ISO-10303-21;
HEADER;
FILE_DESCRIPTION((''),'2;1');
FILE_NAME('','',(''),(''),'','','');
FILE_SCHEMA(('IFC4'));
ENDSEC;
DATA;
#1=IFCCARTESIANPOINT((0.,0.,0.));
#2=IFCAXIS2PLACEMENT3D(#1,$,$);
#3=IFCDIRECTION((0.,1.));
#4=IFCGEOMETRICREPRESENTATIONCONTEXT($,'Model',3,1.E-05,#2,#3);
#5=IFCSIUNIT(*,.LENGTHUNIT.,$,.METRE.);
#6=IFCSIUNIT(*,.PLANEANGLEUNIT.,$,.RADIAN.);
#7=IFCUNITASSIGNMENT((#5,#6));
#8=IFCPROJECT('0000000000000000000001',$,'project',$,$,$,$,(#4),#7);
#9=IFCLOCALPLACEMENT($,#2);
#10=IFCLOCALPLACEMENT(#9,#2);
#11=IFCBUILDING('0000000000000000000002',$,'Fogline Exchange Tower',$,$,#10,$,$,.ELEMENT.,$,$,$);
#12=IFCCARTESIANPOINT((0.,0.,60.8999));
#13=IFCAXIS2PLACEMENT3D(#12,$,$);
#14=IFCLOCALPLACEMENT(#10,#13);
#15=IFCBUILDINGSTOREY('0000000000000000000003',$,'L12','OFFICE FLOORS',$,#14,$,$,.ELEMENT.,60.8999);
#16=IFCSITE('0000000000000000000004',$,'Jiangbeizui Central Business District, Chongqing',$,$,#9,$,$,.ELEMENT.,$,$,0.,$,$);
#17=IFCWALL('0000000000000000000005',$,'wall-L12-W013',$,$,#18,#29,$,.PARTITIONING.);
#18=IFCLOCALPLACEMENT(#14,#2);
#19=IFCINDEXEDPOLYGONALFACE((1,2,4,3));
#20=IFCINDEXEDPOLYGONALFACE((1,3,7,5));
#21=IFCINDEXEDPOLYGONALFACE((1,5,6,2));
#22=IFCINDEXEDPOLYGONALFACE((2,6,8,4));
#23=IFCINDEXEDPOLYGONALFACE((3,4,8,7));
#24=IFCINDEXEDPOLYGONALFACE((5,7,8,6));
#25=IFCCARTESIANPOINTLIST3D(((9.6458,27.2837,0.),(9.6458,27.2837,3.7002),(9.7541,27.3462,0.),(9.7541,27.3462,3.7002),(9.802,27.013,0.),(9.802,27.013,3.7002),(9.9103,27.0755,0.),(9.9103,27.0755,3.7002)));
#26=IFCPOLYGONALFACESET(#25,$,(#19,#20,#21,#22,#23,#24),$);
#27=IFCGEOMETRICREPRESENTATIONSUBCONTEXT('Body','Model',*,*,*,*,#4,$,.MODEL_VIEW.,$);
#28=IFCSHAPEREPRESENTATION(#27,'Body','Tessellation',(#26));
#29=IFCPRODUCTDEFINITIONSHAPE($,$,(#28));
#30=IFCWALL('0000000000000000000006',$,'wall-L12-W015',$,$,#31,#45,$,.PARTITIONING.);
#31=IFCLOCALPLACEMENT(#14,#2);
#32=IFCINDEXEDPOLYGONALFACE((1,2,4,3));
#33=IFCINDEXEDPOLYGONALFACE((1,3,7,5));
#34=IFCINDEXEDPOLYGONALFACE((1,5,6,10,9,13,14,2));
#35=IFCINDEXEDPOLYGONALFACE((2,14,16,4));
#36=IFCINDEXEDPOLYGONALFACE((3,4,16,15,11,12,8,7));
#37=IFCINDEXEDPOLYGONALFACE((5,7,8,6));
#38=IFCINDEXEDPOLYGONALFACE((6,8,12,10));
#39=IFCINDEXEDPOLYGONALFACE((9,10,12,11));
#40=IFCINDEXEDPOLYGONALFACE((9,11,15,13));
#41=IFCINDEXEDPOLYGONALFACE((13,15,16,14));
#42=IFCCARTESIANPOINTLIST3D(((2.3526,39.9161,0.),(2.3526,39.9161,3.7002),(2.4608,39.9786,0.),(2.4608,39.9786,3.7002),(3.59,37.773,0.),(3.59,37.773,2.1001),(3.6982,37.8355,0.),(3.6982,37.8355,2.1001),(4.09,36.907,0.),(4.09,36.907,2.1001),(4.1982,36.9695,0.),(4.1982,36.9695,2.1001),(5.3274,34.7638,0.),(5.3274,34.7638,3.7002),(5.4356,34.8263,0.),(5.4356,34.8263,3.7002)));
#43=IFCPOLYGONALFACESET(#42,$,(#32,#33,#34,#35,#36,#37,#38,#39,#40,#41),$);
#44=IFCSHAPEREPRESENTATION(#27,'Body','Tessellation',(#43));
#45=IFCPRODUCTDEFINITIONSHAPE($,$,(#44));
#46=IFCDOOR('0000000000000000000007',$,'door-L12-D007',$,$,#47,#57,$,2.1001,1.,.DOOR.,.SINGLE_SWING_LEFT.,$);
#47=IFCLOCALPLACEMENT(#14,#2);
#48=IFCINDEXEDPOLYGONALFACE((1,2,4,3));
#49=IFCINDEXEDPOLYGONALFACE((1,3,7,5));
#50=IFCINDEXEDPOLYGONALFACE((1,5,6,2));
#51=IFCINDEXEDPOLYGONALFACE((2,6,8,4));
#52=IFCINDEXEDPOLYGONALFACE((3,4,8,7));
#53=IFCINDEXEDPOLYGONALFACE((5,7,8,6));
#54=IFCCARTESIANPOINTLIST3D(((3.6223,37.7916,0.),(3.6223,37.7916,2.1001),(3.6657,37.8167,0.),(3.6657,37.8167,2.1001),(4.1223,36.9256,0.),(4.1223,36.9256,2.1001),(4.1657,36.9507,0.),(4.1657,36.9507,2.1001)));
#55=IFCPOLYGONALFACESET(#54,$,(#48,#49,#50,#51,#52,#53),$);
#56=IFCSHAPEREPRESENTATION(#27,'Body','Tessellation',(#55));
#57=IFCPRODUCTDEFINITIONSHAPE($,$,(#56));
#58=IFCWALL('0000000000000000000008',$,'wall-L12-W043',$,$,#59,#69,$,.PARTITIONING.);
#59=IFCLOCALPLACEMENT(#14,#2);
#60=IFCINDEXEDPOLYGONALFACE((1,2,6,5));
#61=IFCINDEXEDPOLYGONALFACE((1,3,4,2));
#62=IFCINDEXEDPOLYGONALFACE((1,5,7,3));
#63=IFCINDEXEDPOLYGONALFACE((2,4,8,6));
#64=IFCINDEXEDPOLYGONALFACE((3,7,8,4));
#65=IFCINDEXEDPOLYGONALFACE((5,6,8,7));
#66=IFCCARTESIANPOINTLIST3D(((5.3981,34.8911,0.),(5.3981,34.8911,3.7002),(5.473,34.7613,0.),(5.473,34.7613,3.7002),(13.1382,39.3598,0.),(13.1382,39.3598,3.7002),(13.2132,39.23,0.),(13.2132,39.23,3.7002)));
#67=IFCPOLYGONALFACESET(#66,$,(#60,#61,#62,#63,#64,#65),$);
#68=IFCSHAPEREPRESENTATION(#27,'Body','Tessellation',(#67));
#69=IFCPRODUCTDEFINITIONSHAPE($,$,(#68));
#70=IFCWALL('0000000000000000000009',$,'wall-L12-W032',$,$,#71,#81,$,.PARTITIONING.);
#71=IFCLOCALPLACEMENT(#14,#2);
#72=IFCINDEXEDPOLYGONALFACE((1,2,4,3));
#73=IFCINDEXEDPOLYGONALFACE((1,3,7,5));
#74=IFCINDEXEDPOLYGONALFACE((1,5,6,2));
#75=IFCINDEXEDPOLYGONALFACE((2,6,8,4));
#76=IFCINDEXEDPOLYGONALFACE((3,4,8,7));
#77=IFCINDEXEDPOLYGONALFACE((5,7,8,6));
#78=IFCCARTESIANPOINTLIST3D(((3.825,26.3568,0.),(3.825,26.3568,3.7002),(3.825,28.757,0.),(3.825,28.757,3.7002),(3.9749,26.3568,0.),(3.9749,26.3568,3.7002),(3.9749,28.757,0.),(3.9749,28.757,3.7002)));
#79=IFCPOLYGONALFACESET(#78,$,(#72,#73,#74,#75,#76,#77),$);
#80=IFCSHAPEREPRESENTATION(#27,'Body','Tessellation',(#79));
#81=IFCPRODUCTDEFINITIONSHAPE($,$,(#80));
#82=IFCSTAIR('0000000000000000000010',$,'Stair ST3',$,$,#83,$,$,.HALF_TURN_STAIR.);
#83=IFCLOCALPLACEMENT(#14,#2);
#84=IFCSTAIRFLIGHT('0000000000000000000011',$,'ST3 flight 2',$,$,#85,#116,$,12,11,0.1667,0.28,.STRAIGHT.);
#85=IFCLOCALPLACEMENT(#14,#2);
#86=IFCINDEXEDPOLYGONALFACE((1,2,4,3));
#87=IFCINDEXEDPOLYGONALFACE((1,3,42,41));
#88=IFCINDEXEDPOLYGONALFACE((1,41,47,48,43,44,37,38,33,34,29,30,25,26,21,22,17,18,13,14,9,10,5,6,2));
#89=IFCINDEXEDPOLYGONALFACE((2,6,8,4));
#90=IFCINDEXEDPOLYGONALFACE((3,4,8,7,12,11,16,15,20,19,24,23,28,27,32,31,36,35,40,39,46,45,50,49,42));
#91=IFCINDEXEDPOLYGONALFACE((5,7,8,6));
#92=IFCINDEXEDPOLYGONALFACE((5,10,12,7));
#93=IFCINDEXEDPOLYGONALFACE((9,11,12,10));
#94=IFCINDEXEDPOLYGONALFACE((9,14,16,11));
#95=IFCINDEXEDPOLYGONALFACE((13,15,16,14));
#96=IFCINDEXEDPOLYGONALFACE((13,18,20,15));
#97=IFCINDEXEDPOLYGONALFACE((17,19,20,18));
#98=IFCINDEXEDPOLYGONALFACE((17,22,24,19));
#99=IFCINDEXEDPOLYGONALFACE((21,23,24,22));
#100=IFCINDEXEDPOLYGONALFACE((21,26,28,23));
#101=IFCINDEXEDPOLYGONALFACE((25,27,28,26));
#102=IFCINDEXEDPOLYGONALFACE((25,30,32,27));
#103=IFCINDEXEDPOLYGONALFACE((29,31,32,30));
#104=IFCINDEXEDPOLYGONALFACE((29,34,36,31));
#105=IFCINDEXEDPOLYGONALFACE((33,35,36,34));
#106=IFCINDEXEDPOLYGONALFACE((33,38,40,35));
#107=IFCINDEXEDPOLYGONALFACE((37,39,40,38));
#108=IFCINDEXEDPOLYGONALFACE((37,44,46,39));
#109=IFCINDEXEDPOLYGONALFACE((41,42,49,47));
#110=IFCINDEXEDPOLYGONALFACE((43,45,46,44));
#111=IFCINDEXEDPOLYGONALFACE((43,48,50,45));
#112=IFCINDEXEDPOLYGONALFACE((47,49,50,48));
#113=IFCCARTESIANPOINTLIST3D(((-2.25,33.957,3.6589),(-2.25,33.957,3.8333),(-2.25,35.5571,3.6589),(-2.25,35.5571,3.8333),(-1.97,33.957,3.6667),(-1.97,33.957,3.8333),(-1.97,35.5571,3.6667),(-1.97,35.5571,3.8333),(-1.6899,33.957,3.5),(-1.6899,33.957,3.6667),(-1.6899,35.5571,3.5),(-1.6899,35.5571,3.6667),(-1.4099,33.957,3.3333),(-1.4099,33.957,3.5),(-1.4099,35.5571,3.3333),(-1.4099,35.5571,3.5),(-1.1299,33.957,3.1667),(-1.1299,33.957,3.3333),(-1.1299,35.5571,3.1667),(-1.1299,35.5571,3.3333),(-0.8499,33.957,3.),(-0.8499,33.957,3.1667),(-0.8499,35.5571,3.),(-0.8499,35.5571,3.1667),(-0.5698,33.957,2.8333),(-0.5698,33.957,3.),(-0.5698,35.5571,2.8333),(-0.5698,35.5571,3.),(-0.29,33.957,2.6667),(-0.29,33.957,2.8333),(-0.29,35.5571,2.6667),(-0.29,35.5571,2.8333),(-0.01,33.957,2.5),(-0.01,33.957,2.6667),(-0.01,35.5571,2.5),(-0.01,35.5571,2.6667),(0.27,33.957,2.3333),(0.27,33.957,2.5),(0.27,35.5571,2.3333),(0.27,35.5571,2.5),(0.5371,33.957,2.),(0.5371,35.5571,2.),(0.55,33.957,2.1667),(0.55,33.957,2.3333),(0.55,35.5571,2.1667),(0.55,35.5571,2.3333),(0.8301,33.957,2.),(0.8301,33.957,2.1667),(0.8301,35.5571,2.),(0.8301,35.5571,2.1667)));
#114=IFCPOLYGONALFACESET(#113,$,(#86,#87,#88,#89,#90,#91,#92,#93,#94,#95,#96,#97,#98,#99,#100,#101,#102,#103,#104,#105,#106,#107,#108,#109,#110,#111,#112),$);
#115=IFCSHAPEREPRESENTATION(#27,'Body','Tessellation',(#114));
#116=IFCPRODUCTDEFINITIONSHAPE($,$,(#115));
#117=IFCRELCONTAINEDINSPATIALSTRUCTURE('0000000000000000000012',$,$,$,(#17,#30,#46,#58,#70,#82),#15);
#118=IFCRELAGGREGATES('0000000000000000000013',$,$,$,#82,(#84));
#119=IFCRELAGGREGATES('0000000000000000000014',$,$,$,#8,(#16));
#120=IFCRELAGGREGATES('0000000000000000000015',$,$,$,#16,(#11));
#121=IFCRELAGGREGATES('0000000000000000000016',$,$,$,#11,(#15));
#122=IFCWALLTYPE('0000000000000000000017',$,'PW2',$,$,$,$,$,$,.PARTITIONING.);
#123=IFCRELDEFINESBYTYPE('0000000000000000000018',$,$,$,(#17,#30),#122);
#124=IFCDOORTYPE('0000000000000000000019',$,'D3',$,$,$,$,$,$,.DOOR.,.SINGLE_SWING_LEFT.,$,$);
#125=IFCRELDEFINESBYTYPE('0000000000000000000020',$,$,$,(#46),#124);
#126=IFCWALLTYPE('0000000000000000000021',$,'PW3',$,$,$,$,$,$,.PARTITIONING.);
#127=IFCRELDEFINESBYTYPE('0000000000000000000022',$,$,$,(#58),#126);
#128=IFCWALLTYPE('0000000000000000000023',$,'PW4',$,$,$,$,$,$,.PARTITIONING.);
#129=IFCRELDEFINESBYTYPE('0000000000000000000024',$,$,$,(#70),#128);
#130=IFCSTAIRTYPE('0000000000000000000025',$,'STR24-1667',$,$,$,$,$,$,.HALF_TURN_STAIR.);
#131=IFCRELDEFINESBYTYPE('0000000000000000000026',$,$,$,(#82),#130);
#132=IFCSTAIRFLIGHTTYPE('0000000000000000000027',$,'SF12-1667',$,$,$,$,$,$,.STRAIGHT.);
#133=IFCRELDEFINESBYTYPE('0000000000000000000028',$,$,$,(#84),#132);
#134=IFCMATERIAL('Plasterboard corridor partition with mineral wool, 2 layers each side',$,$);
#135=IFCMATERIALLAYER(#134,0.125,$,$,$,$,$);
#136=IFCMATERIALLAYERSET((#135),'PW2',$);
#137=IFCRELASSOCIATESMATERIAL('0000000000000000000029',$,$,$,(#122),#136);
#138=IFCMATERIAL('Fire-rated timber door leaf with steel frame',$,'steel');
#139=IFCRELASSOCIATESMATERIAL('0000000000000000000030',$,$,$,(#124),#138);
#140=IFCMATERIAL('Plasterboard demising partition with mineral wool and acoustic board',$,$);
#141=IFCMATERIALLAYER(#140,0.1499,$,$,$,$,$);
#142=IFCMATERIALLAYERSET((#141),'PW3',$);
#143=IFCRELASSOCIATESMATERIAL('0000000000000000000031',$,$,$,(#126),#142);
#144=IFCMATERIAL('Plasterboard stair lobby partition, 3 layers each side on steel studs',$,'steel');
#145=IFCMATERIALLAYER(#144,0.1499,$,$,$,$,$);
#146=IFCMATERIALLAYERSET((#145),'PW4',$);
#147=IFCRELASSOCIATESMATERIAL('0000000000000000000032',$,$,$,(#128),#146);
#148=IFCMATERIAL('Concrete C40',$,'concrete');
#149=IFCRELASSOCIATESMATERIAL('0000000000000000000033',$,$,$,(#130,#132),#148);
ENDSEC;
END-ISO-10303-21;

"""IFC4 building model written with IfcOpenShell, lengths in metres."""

from ifc_helpers import new_model, si_unit, direction, frame, frame_2d, origin, place, context, subcontext, project, spatial, polyline, rectangle, outline, extrude, material, layer, layer_set, type_object, element, fill, aggregate, save


model = new_model("IFC4")

# Units and contexts
model_context = context("Model", 3, precision=1e-05, world=origin(), true_north=direction((0.0, 1.0)))
body_context = subcontext(model_context, "Body", "Model", "MODEL_VIEW")
ifc_project = project(units=[si_unit("LENGTHUNIT", "METRE"), si_unit("PLANEANGLEUNIT", "RADIAN")], contexts=[model_context])

# Site, building, storey
site_placement = place(None, origin())
site = spatial("IfcSite", under=ifc_project, at=site_placement, Name="Jiangbeizui Central Business District, Chongqing", CompositionType="ELEMENT", RefElevation=0.0)
building_placement = place(site_placement, origin())
building = spatial("IfcBuilding", under=site, at=building_placement, Name="Fogline Exchange Tower", CompositionType="ELEMENT")
storey_placement = place(building_placement, frame((0.0, 0.0, 60.8999)))
storey = spatial("IfcBuildingStorey", under=building, at=storey_placement, Name="L12", Description="OFFICE FLOORS", CompositionType="ELEMENT", Elevation=60.8999)

# Shared definitions
ifc_material_1 = material(Name="Concrete C40", Category="concrete")

# Shared definitions
ifc_material_2 = material(Name="Plasterboard corridor partition with mineral wool, 2 layers each side")
ifc_layer_1 = layer(ifc_material_2, 0.125)
ifc_layer_set_1 = layer_set([ifc_layer_1], Name="PW2")
wall_type_1 = type_object("IfcWallType", Name="PW2", PredefinedType="PARTITIONING", material=ifc_layer_set_1)
ifc_material_3 = material(Name="Fire-rated timber door leaf with steel frame", Category="steel")
door_type = type_object("IfcDoorType", Name="D3", OperationType="SINGLE_SWING_LEFT", PredefinedType="DOOR", material=ifc_material_3)

# Wall
wall_1_placement = place(storey_placement, frame((9.7, 27.3149, 0.0), z_axis=(0.0, 0.0, 1.0), x_axis=(0.499835, -0.866121, 0.0)))
element("IfcWall", 1, at=wall_1_placement, inside=storey, type_object=wall_type_1, Name="wall-L12-W013", PredefinedType="PARTITIONING", context=body_context, shape_type="SweptSolid", body=[
    extrude(rectangle(XDim=0.3125, YDim=0.125, at=frame_2d((0.1562, 0.0))), origin(), (0.0, 0.0, 1.0), 3.7002),
])

# Wall, opening, door
wall_2_placement = place(storey_placement, frame((2.4067, 39.9473, 0.0), z_axis=(0.0, 0.0, 1.0), x_axis=(0.500018, -0.866015, 0.0)))
wall_2 = element("IfcWall", 2, at=wall_2_placement, inside=storey, type_object=wall_type_1, Name="wall-L12-W015", PredefinedType="PARTITIONING", context=body_context, shape_type="SweptSolid", body=[
    extrude(rectangle(XDim=5.9495, YDim=0.125, at=frame_2d((2.9746, 0.0))), origin(), (0.0, 0.0, 1.0), 3.7002),
])
opening_1_placement = place(wall_2_placement, frame((2.4746, 0.0, 0.0)))
opening_1 = element("IfcOpeningElement", 3, at=opening_1_placement, cuts=wall_2, PredefinedType="OPENING", context=body_context, shape_type="SweptSolid", body=[
    extrude(rectangle(XDim=1.0, YDim=2.1001, at=frame_2d((0.5, 1.05))), frame((0.0, 0.0725, 0.0), z_axis=(0.0, -1.0, 0.0), x_axis=(1.0, 0.0, 0.0)), (0.0, 0.0, 1.0), 0.145),
])
door_1_placement = place(opening_1_placement, origin())
door_1 = element("IfcDoor", 4, at=door_1_placement, inside=storey, type_object=door_type, Name="door-L12-D007", OperationType="SINGLE_SWING_LEFT", OverallHeight=2.1001, OverallWidth=1.0, PredefinedType="DOOR", context=body_context, shape_type="SweptSolid", body=[
    extrude(rectangle(XDim=1.0, YDim=2.1001, at=frame_2d((0.5, 1.05))), frame((0.0, 0.0249, 0.0), z_axis=(0.0, -1.0, 0.0), x_axis=(1.0, 0.0, 0.0)), (0.0, 0.0, 1.0), 0.05),
])
fill(opening_1, door_1)

# Walls
ifc_material_4 = material(Name="Plasterboard demising partition with mineral wool and acoustic board")
ifc_layer_2 = layer(ifc_material_4, 0.1499)
ifc_layer_set_2 = layer_set([ifc_layer_2], Name="PW3")
wall_type_2 = type_object("IfcWallType", Name="PW3", PredefinedType="PARTITIONING", material=ifc_layer_set_2)
wall_3_placement = place(storey_placement, frame((5.4355, 34.8262, 0.0), z_axis=(0.0, 0.0, 1.0), x_axis=(0.866029, 0.499994, 0.0)))
element("IfcWall", 5, at=wall_3_placement, inside=storey, type_object=wall_type_2, Name="wall-L12-W043", PredefinedType="PARTITIONING", context=body_context, shape_type="SweptSolid", body=[
    extrude(rectangle(XDim=8.9375, YDim=0.1499, at=frame_2d((4.4688, 0.0))), origin(), (0.0, 0.0, 1.0), 3.7002),
])
ifc_material_5 = material(Name="Plasterboard stair lobby partition, 3 layers each side on steel studs", Category="steel")
ifc_layer_3 = layer(ifc_material_5, 0.1499)
ifc_layer_set_3 = layer_set([ifc_layer_3], Name="PW4")
wall_type_3 = type_object("IfcWallType", Name="PW4", PredefinedType="PARTITIONING", material=ifc_layer_set_3)
wall_4_placement = place(storey_placement, frame((3.8999, 28.7571, 0.0), z_axis=(0.0, 0.0, 1.0), x_axis=(0.0, -1.0, 0.0)))
element("IfcWall", 6, at=wall_4_placement, inside=storey, type_object=wall_type_3, Name="wall-L12-W032", PredefinedType="PARTITIONING", context=body_context, shape_type="SweptSolid", body=[
    extrude(rectangle(XDim=2.4001, YDim=0.1499, at=frame_2d((1.2002, 0.0))), origin(), (0.0, 0.0, 1.0), 3.7002),
])

# Stair, stair flight
stair_type = type_object("IfcStairType", Name="STR24-1667", PredefinedType="HALF_TURN_STAIR", material=ifc_material_1)
stair_placement = place(storey_placement, origin())
stair = element("IfcStair", 7, at=stair_placement, inside=storey, type_object=stair_type, Name="Stair ST3", PredefinedType="HALF_TURN_STAIR")
stair_flight_type = type_object("IfcStairFlightType", Name="SF12-1667", PredefinedType="STRAIGHT", material=ifc_material_1)
stair_flight_placement = place(storey_placement, frame((0.8301, 34.7571, 2.0), z_axis=(0.0, 0.0, 1.0), x_axis=(-1.0, 0.0, 0.0)))
stair_flight = element("IfcStairFlight", 8, at=stair_flight_placement, type_object=stair_flight_type, Name="ST3 flight 2", NumberOfRisers=12, NumberOfTreads=11, PredefinedType="STRAIGHT", RiserHeight=0.1667, TreadLength=0.28, context=body_context, shape_type="SweptSolid", body=[
    extrude(outline(polyline([(0.0, 0.0), (0.0, 0.1667), (0.28, 0.1667), (0.28, 0.3333), (0.5601, 0.3333), (0.5601, 0.5), (0.8401, 0.5), (0.8401, 0.6667), (1.1201, 0.6667), (1.1201, 0.8333), (1.3999, 0.8333), (1.3999, 1.0), (1.6799, 1.0), (1.6799, 1.1667), (1.96, 1.1667), (1.96, 1.3333), (2.24, 1.3333), (2.24, 1.5), (2.52, 1.5), (2.52, 1.6667), (2.8, 1.6667), (2.8, 1.8333), (3.0801, 1.8333), (3.0801, 2.0), (3.0801, 1.6589), (0.293, 0.0), (0.0, 0.0)])), frame((0.0, 0.8, 0.0), z_axis=(0.0, -1.0, 0.0), x_axis=(1.0, 0.0, 0.0)), (0.0, 0.0, 1.0), 1.6001),
])
aggregate(stair, [stair_flight])

save(model, "model.ifc")
